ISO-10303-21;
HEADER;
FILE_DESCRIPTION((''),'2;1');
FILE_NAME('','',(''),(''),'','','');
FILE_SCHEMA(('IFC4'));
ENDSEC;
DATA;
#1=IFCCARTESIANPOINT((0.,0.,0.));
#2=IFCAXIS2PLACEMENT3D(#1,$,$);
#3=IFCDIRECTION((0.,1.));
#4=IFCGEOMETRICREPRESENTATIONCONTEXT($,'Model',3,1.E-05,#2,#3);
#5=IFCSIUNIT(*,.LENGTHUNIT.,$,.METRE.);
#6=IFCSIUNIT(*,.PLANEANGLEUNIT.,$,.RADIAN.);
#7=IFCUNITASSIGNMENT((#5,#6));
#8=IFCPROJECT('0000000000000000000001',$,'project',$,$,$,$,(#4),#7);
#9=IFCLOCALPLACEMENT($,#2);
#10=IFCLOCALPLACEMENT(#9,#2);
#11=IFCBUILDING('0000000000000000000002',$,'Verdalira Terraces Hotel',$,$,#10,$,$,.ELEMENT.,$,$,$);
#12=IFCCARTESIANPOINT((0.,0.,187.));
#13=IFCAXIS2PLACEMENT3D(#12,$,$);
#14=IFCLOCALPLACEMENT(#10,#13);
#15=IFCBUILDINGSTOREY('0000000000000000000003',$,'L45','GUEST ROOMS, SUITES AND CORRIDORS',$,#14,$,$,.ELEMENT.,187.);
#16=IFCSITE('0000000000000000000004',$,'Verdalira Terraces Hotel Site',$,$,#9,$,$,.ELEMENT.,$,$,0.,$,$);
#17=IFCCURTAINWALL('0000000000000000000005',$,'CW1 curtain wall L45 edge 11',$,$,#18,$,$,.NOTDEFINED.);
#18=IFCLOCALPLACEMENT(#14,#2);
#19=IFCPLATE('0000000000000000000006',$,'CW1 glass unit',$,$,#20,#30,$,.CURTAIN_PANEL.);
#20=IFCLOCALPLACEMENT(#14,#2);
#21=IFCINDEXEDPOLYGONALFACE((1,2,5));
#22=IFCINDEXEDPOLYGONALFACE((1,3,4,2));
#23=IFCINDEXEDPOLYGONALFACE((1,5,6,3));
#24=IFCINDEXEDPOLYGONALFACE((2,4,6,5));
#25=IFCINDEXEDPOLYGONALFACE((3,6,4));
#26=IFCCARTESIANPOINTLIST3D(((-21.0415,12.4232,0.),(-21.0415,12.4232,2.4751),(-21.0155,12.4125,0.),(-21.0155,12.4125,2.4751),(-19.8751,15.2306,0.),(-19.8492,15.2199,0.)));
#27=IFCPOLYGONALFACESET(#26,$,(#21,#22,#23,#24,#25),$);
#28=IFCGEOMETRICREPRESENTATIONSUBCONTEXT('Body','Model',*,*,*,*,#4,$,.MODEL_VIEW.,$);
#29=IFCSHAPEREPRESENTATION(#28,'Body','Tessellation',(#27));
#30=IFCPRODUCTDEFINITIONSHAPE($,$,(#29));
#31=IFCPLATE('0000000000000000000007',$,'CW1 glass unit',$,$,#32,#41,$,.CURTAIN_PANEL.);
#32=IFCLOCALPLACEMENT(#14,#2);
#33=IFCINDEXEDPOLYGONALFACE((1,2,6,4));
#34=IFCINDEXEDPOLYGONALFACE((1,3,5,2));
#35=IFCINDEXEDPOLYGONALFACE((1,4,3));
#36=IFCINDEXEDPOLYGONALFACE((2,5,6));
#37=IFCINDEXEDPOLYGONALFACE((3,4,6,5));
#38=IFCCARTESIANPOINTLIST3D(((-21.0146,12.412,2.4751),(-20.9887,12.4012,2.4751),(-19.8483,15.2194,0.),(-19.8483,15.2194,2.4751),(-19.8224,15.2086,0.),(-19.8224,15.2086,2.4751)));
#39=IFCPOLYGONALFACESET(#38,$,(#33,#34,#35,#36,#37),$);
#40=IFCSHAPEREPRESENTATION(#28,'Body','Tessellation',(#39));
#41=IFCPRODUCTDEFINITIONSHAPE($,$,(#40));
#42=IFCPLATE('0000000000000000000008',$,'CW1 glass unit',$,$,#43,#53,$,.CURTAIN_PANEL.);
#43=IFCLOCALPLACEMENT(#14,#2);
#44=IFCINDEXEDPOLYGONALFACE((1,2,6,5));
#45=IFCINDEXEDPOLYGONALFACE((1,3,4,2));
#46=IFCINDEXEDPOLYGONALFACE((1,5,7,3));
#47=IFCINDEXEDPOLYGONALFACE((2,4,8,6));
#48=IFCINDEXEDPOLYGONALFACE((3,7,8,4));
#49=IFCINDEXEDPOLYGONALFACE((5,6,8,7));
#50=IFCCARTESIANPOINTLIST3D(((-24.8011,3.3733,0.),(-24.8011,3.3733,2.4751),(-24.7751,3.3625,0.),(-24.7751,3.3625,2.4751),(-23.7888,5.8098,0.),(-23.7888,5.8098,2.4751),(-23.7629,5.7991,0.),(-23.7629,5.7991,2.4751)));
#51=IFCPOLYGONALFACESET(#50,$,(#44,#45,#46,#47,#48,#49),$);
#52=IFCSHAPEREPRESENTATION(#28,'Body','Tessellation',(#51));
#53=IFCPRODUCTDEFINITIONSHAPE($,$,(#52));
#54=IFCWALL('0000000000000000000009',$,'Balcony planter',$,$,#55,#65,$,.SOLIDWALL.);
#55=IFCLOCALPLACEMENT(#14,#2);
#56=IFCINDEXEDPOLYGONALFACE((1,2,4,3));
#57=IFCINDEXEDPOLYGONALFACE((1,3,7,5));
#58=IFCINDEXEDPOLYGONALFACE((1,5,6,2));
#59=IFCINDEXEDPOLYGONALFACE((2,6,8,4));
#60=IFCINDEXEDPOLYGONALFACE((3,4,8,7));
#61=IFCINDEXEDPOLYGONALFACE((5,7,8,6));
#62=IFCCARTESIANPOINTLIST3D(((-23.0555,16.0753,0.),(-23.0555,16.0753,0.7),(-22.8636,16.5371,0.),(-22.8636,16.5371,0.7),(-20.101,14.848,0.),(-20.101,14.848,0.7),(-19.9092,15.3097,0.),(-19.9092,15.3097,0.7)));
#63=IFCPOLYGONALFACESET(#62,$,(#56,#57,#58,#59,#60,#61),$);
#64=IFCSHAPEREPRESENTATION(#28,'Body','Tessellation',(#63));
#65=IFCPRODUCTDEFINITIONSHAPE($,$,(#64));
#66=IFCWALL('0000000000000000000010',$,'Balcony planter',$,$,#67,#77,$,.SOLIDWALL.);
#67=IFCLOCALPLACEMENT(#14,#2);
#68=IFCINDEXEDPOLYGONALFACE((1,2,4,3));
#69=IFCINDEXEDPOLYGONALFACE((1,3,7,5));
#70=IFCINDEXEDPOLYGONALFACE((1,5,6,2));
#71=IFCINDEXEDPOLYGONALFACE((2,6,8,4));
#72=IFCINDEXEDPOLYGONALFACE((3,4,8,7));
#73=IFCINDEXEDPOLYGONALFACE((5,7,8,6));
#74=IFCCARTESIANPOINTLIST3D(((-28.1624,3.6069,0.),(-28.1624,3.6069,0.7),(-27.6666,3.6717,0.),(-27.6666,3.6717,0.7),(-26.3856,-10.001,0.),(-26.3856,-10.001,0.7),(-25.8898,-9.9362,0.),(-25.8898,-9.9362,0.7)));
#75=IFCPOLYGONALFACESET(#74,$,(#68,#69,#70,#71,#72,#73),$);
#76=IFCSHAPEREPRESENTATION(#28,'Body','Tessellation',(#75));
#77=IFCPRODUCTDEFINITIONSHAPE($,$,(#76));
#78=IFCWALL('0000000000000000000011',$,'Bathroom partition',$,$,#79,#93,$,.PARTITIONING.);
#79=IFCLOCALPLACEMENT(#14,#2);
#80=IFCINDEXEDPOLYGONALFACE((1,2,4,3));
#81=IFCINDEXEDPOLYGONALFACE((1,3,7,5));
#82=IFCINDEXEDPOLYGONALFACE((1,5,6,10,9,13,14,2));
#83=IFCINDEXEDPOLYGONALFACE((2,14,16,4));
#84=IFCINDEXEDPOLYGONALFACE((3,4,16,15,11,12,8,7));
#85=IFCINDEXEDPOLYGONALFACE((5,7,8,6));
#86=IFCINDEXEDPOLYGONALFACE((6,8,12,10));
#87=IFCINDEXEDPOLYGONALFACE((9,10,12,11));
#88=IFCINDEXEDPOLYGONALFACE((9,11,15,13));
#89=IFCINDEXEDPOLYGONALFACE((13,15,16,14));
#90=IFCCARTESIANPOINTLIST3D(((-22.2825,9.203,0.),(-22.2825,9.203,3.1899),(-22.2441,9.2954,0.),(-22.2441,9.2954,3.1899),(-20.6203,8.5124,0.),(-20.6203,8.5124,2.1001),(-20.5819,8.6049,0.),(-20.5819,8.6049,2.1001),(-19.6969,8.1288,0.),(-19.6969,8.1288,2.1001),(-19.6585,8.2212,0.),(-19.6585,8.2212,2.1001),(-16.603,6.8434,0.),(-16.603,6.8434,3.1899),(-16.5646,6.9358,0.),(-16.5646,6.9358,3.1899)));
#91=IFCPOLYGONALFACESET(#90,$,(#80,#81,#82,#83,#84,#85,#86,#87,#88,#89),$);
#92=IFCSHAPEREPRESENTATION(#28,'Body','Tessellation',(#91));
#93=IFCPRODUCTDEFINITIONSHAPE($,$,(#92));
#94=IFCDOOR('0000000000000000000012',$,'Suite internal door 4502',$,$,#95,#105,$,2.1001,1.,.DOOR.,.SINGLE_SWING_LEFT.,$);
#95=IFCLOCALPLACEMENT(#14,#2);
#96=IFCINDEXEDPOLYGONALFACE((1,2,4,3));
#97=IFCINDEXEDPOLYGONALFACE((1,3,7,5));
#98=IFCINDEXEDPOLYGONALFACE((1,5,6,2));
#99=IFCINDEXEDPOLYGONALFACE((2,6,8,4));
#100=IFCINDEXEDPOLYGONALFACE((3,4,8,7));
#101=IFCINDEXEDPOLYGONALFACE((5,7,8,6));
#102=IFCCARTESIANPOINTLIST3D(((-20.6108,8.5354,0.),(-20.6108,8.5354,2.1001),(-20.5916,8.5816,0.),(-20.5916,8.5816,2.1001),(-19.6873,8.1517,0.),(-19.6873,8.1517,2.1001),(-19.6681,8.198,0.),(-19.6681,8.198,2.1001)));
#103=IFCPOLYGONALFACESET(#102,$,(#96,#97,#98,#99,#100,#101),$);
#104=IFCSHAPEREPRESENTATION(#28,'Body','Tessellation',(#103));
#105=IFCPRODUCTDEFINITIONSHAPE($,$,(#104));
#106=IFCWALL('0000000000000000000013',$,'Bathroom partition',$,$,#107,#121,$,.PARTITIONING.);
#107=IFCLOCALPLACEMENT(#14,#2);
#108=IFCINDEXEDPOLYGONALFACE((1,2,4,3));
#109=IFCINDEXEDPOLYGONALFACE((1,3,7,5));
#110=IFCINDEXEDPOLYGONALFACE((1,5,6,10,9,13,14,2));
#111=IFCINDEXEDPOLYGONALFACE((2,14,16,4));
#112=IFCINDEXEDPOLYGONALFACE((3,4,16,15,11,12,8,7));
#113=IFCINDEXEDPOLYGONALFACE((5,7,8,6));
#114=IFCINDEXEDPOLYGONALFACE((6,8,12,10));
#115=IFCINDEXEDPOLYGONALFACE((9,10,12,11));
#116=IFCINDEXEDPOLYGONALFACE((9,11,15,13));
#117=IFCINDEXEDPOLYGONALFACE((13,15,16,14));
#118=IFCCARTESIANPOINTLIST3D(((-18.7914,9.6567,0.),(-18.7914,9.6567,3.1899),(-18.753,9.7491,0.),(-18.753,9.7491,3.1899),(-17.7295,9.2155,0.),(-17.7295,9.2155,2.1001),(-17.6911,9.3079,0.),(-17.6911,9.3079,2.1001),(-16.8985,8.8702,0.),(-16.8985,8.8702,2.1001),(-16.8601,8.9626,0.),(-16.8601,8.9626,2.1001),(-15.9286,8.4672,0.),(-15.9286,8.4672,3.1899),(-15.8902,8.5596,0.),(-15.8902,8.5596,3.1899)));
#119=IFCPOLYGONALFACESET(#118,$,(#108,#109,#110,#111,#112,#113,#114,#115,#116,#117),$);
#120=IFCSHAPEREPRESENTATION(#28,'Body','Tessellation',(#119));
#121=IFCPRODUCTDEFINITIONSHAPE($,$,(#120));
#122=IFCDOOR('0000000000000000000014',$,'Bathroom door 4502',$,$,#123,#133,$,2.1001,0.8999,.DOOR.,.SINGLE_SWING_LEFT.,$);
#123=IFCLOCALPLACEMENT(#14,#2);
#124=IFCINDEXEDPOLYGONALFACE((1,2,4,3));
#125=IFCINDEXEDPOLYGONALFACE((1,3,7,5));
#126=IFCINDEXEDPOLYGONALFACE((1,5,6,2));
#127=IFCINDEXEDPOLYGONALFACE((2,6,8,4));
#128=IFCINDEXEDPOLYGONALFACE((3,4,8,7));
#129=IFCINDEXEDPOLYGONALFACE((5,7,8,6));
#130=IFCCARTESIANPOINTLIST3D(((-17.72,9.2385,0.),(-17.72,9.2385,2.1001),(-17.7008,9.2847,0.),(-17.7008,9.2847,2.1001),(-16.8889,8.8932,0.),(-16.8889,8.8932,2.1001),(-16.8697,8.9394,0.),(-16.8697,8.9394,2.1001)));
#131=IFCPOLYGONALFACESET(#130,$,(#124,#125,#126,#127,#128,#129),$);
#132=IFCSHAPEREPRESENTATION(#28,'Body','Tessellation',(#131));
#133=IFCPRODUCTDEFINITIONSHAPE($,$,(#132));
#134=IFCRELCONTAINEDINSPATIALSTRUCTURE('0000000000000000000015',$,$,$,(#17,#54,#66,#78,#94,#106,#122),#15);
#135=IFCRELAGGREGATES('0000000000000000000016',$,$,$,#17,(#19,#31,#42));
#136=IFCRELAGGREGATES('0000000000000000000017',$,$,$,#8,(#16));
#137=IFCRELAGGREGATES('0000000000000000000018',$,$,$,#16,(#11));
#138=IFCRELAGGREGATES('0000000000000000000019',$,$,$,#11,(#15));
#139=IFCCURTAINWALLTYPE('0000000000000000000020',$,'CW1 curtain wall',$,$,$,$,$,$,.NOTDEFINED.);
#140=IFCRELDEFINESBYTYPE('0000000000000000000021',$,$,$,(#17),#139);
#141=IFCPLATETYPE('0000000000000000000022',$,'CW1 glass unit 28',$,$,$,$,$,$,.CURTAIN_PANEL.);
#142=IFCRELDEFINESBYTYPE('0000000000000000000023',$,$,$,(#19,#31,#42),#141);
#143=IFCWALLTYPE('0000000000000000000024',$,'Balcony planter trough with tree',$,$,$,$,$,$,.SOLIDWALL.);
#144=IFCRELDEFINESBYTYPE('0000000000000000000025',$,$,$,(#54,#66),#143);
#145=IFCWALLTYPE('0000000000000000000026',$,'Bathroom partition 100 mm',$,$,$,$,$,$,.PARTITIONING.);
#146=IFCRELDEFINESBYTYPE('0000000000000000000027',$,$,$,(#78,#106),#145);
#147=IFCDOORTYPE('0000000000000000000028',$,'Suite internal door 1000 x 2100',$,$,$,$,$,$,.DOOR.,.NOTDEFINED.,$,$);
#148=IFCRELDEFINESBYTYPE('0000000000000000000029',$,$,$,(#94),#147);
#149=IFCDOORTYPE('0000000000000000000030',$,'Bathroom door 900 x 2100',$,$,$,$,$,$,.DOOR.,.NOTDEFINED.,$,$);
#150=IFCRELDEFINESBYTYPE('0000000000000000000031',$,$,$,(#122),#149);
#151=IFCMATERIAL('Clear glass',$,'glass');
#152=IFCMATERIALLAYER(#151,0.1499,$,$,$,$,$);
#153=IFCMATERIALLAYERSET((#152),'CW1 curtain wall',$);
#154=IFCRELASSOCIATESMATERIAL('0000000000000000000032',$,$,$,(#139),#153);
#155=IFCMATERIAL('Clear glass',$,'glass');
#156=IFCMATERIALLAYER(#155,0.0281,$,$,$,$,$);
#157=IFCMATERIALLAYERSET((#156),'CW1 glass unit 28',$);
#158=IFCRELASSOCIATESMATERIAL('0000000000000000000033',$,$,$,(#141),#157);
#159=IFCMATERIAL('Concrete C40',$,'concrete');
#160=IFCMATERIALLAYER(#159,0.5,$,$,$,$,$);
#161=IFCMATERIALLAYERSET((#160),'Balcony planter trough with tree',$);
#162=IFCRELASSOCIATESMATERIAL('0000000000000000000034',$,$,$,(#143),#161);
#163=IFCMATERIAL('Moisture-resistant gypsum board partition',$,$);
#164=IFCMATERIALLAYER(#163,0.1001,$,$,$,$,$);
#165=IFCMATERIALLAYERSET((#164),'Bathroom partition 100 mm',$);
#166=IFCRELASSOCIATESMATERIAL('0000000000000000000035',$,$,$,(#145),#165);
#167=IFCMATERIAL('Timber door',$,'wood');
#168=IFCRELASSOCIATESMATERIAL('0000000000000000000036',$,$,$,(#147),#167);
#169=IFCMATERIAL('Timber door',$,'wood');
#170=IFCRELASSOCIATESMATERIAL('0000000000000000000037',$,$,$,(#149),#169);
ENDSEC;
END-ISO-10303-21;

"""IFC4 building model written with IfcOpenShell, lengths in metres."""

from ifc_helpers import new_model, si_unit, direction, frame, frame_2d, origin, origin_2d, place, context, subcontext, project, spatial, polyline, rectangle, outline, extrude, material, layer, layer_set, type_object, element, fill, aggregate, save


model = new_model("IFC4")

# Units and contexts
model_context = context("Model", 3, precision=1e-05, world=origin(), true_north=direction((0.0, 1.0)))
body_context = subcontext(model_context, "Body", "Model", "MODEL_VIEW")
ifc_project = project(units=[si_unit("LENGTHUNIT", "METRE"), si_unit("PLANEANGLEUNIT", "RADIAN")], contexts=[model_context])

# Site, building, storey
site_placement = place(None, origin())
site = spatial("IfcSite", under=ifc_project, at=site_placement, Name="Verdalira Terraces Hotel Site", CompositionType="ELEMENT", RefElevation=0.0)
building_placement = place(site_placement, origin())
building = spatial("IfcBuilding", under=site, at=building_placement, Name="Verdalira Terraces Hotel", CompositionType="ELEMENT")
storey_placement = place(building_placement, frame((0.0, 0.0, 187.0)))
storey = spatial("IfcBuildingStorey", under=building, at=storey_placement, Name="L45", Description="GUEST ROOMS, SUITES AND CORRIDORS", CompositionType="ELEMENT", Elevation=187.0)

# Curtain wall
ifc_material_1 = material(Name="Clear glass", Category="glass")
ifc_layer_1 = layer(ifc_material_1, 0.1499)
ifc_layer_set_1 = layer_set([ifc_layer_1], Name="CW1 curtain wall")
curtain_wall_type = type_object("IfcCurtainWallType", Name="CW1 curtain wall", PredefinedType="NOTDEFINED", material=ifc_layer_set_1)
curtain_wall_1_placement = place(storey_placement, origin())
curtain_wall_1 = element("IfcCurtainWall", 1, at=curtain_wall_1_placement, inside=storey, type_object=curtain_wall_type, Name="CW1 curtain wall L45 edge 11", PredefinedType="NOTDEFINED")

# Plates
ifc_material_2 = material(Name="Clear glass", Category="glass")
ifc_layer_2 = layer(ifc_material_2, 0.0281)
ifc_layer_set_2 = layer_set([ifc_layer_2], Name="CW1 glass unit 28")
plate_type = type_object("IfcPlateType", Name="CW1 glass unit 28", PredefinedType="CURTAIN_PANEL", material=ifc_layer_set_2)
plate_1_placement = place(storey_placement, frame((-20.4324, 13.8162, 1.2375), z_axis=(-0.923478, 0.383651, 0.0), x_axis=(-0.383651, -0.923478, 0.0)))
plate_1 = element("IfcPlate", 2, at=plate_1_placement, type_object=plate_type, Name="CW1 glass unit", PredefinedType="CURTAIN_PANEL", context=body_context, shape_type="SweptSolid", body=[
    extrude(outline(polyline([(-1.52, -1.2375), (1.52, -1.2375), (1.52, 1.2375), (-1.52, -1.2375)])), origin(), (0.0, 0.0, 1.0), 0.0281),
])
plate_2_placement = place(storey_placement, frame((-20.4055, 13.8049, 1.2375), z_axis=(-0.923478, 0.383651, 0.0), x_axis=(-0.383651, -0.923478, 0.0)))
plate_2 = element("IfcPlate", 3, at=plate_2_placement, type_object=plate_type, Name="CW1 glass unit", PredefinedType="CURTAIN_PANEL", context=body_context, shape_type="SweptSolid", body=[
    extrude(outline(polyline([(-1.52, -1.2375), (1.52, 1.2375), (-1.52, 1.2375), (-1.52, -1.2375)])), origin(), (0.0, 0.0, 1.0), 0.0281),
])
plate_3_placement = place(storey_placement, frame((-24.282, 4.5862, 0.0), z_axis=(0.0, 0.0, 1.0), x_axis=(-0.383651, -0.923478, 0.0)))
plate_3 = element("IfcPlate", 4, at=plate_3_placement, type_object=plate_type, Name="CW1 glass unit", PredefinedType="CURTAIN_PANEL", context=body_context, shape_type="SweptSolid", body=[
    extrude(rectangle(XDim=2.6384, YDim=0.0281, at=origin_2d()), origin(), (0.0, 0.0, 1.0), 2.4751),
])
aggregate(curtain_wall_1, [plate_1, plate_2, plate_3])

# Walls
ifc_material_3 = material(Name="Concrete C40", Category="concrete")
ifc_layer_3 = layer(ifc_material_3, 0.5)
ifc_layer_set_3 = layer_set([ifc_layer_3], Name="Balcony planter trough with tree")
wall_type_1 = type_object("IfcWallType", Name="Balcony planter trough with tree", PredefinedType="SOLIDWALL", material=ifc_layer_set_3)
wall_1_placement = place(storey_placement, frame((-20.0051, 15.0789, 0.0), z_axis=(0.0, 0.0, 1.0), x_axis=(-0.923485, 0.383634, 0.0)))
element("IfcWall", 5, at=wall_1_placement, inside=storey, type_object=wall_type_1, Name="Balcony planter", PredefinedType="SOLIDWALL", context=body_context, shape_type="SweptSolid", body=[
    extrude(rectangle(XDim=3.1992, YDim=0.5, at=frame_2d((1.5996, 0.0))), origin(), (0.0, 0.0, 1.0), 0.7),
])
wall_2_placement = place(storey_placement, frame((-27.9146, 3.6394, 0.0), z_axis=(0.0, 0.0, 1.0), x_axis=(0.129476, -0.991583, 0.0)))
element("IfcWall", 6, at=wall_2_placement, inside=storey, type_object=wall_type_1, Name="Balcony planter", PredefinedType="SOLIDWALL", context=body_context, shape_type="SweptSolid", body=[
    extrude(rectangle(XDim=13.7234, YDim=0.5, at=frame_2d((6.8618, 0.0))), origin(), (0.0, 0.0, 1.0), 0.7),
])

# Walls, openings, doors
ifc_material_4 = material(Name="Moisture-resistant gypsum board partition")
ifc_layer_4 = layer(ifc_material_4, 0.1001)
ifc_layer_set_4 = layer_set([ifc_layer_4], Name="Bathroom partition 100 mm")
wall_type_2 = type_object("IfcWallType", Name="Bathroom partition 100 mm", PredefinedType="PARTITIONING", material=ifc_layer_set_4)
wall_3_placement = place(storey_placement, frame((-22.2634, 9.2493, 0.0), z_axis=(0.0, 0.0, 1.0), x_axis=(0.92347, -0.383671, 0.0)))
wall_3 = element("IfcWall", 7, at=wall_3_placement, inside=storey, type_object=wall_type_2, Name="Bathroom partition", PredefinedType="PARTITIONING", context=body_context, shape_type="SweptSolid", body=[
    extrude(rectangle(XDim=6.1501, YDim=0.1001, at=frame_2d((3.0752, 0.0))), origin(), (0.0, 0.0, 1.0), 3.1899),
])
opening_1_placement = place(wall_3_placement, frame((1.8, 0.0, 0.0)))
opening_1 = element("IfcOpeningElement", 8, at=opening_1_placement, cuts=wall_3, PredefinedType="OPENING", context=body_context, shape_type="SweptSolid", body=[
    extrude(rectangle(XDim=1.0, YDim=2.1001, at=frame_2d((0.5, 1.05))), frame((0.0, 0.0601, 0.0), z_axis=(0.0, -1.0, 0.0), x_axis=(1.0, 0.0, 0.0)), (0.0, 0.0, 1.0), 0.1201),
])
ifc_material_5 = material(Name="Timber door", Category="wood")
door_type_1 = type_object("IfcDoorType", Name="Suite internal door 1000 x 2100", OperationType="NOTDEFINED", PredefinedType="DOOR", material=ifc_material_5)
door_1_placement = place(opening_1_placement, origin())
door_1 = element("IfcDoor", 9, at=door_1_placement, inside=storey, type_object=door_type_1, Name="Suite internal door 4502", OperationType="SINGLE_SWING_LEFT", OverallHeight=2.1001, OverallWidth=1.0, PredefinedType="DOOR", context=body_context, shape_type="SweptSolid", body=[
    extrude(rectangle(XDim=1.0, YDim=2.1001, at=frame_2d((0.5, 1.05))), frame((0.0, 0.0249, 0.0), z_axis=(0.0, -1.0, 0.0), x_axis=(1.0, 0.0, 0.0)), (0.0, 0.0, 1.0), 0.05),
])
fill(opening_1, door_1)
wall_4_placement = place(storey_placement, frame((-18.7722, 9.7029, 0.0), z_axis=(0.0, 0.0, 1.0), x_axis=(0.923463, -0.383687, 0.0)))
wall_4 = element("IfcWall", 10, at=wall_4_placement, inside=storey, type_object=wall_type_2, Name="Bathroom partition", PredefinedType="PARTITIONING", context=body_context, shape_type="SweptSolid", body=[
    extrude(rectangle(XDim=3.1001, YDim=0.1001, at=frame_2d((1.55, 0.0))), origin(), (0.0, 0.0, 1.0), 3.1899),
])
opening_2_placement = place(wall_4_placement, frame((1.1499, 0.0, 0.0)))
opening_2 = element("IfcOpeningElement", 11, at=opening_2_placement, cuts=wall_4, PredefinedType="OPENING", context=body_context, shape_type="SweptSolid", body=[
    extrude(rectangle(XDim=0.8999, YDim=2.1001, at=frame_2d((0.45, 1.05))), frame((0.0, 0.0601, 0.0), z_axis=(0.0, -1.0, 0.0), x_axis=(1.0, 0.0, 0.0)), (0.0, 0.0, 1.0), 0.1201),
])
ifc_material_6 = material(Name="Timber door", Category="wood")
door_type_2 = type_object("IfcDoorType", Name="Bathroom door 900 x 2100", OperationType="NOTDEFINED", PredefinedType="DOOR", material=ifc_material_6)
door_2_placement = place(opening_2_placement, origin())
door_2 = element("IfcDoor", 12, at=door_2_placement, inside=storey, type_object=door_type_2, Name="Bathroom door 4502", OperationType="SINGLE_SWING_LEFT", OverallHeight=2.1001, OverallWidth=0.8999, PredefinedType="DOOR", context=body_context, shape_type="SweptSolid", body=[
    extrude(rectangle(XDim=0.8999, YDim=2.1001, at=frame_2d((0.45, 1.05))), frame((0.0, 0.0249, 0.0), z_axis=(0.0, -1.0, 0.0), x_axis=(1.0, 0.0, 0.0)), (0.0, 0.0, 1.0), 0.05),
])
fill(opening_2, door_2)

save(model, "model.ifc")
